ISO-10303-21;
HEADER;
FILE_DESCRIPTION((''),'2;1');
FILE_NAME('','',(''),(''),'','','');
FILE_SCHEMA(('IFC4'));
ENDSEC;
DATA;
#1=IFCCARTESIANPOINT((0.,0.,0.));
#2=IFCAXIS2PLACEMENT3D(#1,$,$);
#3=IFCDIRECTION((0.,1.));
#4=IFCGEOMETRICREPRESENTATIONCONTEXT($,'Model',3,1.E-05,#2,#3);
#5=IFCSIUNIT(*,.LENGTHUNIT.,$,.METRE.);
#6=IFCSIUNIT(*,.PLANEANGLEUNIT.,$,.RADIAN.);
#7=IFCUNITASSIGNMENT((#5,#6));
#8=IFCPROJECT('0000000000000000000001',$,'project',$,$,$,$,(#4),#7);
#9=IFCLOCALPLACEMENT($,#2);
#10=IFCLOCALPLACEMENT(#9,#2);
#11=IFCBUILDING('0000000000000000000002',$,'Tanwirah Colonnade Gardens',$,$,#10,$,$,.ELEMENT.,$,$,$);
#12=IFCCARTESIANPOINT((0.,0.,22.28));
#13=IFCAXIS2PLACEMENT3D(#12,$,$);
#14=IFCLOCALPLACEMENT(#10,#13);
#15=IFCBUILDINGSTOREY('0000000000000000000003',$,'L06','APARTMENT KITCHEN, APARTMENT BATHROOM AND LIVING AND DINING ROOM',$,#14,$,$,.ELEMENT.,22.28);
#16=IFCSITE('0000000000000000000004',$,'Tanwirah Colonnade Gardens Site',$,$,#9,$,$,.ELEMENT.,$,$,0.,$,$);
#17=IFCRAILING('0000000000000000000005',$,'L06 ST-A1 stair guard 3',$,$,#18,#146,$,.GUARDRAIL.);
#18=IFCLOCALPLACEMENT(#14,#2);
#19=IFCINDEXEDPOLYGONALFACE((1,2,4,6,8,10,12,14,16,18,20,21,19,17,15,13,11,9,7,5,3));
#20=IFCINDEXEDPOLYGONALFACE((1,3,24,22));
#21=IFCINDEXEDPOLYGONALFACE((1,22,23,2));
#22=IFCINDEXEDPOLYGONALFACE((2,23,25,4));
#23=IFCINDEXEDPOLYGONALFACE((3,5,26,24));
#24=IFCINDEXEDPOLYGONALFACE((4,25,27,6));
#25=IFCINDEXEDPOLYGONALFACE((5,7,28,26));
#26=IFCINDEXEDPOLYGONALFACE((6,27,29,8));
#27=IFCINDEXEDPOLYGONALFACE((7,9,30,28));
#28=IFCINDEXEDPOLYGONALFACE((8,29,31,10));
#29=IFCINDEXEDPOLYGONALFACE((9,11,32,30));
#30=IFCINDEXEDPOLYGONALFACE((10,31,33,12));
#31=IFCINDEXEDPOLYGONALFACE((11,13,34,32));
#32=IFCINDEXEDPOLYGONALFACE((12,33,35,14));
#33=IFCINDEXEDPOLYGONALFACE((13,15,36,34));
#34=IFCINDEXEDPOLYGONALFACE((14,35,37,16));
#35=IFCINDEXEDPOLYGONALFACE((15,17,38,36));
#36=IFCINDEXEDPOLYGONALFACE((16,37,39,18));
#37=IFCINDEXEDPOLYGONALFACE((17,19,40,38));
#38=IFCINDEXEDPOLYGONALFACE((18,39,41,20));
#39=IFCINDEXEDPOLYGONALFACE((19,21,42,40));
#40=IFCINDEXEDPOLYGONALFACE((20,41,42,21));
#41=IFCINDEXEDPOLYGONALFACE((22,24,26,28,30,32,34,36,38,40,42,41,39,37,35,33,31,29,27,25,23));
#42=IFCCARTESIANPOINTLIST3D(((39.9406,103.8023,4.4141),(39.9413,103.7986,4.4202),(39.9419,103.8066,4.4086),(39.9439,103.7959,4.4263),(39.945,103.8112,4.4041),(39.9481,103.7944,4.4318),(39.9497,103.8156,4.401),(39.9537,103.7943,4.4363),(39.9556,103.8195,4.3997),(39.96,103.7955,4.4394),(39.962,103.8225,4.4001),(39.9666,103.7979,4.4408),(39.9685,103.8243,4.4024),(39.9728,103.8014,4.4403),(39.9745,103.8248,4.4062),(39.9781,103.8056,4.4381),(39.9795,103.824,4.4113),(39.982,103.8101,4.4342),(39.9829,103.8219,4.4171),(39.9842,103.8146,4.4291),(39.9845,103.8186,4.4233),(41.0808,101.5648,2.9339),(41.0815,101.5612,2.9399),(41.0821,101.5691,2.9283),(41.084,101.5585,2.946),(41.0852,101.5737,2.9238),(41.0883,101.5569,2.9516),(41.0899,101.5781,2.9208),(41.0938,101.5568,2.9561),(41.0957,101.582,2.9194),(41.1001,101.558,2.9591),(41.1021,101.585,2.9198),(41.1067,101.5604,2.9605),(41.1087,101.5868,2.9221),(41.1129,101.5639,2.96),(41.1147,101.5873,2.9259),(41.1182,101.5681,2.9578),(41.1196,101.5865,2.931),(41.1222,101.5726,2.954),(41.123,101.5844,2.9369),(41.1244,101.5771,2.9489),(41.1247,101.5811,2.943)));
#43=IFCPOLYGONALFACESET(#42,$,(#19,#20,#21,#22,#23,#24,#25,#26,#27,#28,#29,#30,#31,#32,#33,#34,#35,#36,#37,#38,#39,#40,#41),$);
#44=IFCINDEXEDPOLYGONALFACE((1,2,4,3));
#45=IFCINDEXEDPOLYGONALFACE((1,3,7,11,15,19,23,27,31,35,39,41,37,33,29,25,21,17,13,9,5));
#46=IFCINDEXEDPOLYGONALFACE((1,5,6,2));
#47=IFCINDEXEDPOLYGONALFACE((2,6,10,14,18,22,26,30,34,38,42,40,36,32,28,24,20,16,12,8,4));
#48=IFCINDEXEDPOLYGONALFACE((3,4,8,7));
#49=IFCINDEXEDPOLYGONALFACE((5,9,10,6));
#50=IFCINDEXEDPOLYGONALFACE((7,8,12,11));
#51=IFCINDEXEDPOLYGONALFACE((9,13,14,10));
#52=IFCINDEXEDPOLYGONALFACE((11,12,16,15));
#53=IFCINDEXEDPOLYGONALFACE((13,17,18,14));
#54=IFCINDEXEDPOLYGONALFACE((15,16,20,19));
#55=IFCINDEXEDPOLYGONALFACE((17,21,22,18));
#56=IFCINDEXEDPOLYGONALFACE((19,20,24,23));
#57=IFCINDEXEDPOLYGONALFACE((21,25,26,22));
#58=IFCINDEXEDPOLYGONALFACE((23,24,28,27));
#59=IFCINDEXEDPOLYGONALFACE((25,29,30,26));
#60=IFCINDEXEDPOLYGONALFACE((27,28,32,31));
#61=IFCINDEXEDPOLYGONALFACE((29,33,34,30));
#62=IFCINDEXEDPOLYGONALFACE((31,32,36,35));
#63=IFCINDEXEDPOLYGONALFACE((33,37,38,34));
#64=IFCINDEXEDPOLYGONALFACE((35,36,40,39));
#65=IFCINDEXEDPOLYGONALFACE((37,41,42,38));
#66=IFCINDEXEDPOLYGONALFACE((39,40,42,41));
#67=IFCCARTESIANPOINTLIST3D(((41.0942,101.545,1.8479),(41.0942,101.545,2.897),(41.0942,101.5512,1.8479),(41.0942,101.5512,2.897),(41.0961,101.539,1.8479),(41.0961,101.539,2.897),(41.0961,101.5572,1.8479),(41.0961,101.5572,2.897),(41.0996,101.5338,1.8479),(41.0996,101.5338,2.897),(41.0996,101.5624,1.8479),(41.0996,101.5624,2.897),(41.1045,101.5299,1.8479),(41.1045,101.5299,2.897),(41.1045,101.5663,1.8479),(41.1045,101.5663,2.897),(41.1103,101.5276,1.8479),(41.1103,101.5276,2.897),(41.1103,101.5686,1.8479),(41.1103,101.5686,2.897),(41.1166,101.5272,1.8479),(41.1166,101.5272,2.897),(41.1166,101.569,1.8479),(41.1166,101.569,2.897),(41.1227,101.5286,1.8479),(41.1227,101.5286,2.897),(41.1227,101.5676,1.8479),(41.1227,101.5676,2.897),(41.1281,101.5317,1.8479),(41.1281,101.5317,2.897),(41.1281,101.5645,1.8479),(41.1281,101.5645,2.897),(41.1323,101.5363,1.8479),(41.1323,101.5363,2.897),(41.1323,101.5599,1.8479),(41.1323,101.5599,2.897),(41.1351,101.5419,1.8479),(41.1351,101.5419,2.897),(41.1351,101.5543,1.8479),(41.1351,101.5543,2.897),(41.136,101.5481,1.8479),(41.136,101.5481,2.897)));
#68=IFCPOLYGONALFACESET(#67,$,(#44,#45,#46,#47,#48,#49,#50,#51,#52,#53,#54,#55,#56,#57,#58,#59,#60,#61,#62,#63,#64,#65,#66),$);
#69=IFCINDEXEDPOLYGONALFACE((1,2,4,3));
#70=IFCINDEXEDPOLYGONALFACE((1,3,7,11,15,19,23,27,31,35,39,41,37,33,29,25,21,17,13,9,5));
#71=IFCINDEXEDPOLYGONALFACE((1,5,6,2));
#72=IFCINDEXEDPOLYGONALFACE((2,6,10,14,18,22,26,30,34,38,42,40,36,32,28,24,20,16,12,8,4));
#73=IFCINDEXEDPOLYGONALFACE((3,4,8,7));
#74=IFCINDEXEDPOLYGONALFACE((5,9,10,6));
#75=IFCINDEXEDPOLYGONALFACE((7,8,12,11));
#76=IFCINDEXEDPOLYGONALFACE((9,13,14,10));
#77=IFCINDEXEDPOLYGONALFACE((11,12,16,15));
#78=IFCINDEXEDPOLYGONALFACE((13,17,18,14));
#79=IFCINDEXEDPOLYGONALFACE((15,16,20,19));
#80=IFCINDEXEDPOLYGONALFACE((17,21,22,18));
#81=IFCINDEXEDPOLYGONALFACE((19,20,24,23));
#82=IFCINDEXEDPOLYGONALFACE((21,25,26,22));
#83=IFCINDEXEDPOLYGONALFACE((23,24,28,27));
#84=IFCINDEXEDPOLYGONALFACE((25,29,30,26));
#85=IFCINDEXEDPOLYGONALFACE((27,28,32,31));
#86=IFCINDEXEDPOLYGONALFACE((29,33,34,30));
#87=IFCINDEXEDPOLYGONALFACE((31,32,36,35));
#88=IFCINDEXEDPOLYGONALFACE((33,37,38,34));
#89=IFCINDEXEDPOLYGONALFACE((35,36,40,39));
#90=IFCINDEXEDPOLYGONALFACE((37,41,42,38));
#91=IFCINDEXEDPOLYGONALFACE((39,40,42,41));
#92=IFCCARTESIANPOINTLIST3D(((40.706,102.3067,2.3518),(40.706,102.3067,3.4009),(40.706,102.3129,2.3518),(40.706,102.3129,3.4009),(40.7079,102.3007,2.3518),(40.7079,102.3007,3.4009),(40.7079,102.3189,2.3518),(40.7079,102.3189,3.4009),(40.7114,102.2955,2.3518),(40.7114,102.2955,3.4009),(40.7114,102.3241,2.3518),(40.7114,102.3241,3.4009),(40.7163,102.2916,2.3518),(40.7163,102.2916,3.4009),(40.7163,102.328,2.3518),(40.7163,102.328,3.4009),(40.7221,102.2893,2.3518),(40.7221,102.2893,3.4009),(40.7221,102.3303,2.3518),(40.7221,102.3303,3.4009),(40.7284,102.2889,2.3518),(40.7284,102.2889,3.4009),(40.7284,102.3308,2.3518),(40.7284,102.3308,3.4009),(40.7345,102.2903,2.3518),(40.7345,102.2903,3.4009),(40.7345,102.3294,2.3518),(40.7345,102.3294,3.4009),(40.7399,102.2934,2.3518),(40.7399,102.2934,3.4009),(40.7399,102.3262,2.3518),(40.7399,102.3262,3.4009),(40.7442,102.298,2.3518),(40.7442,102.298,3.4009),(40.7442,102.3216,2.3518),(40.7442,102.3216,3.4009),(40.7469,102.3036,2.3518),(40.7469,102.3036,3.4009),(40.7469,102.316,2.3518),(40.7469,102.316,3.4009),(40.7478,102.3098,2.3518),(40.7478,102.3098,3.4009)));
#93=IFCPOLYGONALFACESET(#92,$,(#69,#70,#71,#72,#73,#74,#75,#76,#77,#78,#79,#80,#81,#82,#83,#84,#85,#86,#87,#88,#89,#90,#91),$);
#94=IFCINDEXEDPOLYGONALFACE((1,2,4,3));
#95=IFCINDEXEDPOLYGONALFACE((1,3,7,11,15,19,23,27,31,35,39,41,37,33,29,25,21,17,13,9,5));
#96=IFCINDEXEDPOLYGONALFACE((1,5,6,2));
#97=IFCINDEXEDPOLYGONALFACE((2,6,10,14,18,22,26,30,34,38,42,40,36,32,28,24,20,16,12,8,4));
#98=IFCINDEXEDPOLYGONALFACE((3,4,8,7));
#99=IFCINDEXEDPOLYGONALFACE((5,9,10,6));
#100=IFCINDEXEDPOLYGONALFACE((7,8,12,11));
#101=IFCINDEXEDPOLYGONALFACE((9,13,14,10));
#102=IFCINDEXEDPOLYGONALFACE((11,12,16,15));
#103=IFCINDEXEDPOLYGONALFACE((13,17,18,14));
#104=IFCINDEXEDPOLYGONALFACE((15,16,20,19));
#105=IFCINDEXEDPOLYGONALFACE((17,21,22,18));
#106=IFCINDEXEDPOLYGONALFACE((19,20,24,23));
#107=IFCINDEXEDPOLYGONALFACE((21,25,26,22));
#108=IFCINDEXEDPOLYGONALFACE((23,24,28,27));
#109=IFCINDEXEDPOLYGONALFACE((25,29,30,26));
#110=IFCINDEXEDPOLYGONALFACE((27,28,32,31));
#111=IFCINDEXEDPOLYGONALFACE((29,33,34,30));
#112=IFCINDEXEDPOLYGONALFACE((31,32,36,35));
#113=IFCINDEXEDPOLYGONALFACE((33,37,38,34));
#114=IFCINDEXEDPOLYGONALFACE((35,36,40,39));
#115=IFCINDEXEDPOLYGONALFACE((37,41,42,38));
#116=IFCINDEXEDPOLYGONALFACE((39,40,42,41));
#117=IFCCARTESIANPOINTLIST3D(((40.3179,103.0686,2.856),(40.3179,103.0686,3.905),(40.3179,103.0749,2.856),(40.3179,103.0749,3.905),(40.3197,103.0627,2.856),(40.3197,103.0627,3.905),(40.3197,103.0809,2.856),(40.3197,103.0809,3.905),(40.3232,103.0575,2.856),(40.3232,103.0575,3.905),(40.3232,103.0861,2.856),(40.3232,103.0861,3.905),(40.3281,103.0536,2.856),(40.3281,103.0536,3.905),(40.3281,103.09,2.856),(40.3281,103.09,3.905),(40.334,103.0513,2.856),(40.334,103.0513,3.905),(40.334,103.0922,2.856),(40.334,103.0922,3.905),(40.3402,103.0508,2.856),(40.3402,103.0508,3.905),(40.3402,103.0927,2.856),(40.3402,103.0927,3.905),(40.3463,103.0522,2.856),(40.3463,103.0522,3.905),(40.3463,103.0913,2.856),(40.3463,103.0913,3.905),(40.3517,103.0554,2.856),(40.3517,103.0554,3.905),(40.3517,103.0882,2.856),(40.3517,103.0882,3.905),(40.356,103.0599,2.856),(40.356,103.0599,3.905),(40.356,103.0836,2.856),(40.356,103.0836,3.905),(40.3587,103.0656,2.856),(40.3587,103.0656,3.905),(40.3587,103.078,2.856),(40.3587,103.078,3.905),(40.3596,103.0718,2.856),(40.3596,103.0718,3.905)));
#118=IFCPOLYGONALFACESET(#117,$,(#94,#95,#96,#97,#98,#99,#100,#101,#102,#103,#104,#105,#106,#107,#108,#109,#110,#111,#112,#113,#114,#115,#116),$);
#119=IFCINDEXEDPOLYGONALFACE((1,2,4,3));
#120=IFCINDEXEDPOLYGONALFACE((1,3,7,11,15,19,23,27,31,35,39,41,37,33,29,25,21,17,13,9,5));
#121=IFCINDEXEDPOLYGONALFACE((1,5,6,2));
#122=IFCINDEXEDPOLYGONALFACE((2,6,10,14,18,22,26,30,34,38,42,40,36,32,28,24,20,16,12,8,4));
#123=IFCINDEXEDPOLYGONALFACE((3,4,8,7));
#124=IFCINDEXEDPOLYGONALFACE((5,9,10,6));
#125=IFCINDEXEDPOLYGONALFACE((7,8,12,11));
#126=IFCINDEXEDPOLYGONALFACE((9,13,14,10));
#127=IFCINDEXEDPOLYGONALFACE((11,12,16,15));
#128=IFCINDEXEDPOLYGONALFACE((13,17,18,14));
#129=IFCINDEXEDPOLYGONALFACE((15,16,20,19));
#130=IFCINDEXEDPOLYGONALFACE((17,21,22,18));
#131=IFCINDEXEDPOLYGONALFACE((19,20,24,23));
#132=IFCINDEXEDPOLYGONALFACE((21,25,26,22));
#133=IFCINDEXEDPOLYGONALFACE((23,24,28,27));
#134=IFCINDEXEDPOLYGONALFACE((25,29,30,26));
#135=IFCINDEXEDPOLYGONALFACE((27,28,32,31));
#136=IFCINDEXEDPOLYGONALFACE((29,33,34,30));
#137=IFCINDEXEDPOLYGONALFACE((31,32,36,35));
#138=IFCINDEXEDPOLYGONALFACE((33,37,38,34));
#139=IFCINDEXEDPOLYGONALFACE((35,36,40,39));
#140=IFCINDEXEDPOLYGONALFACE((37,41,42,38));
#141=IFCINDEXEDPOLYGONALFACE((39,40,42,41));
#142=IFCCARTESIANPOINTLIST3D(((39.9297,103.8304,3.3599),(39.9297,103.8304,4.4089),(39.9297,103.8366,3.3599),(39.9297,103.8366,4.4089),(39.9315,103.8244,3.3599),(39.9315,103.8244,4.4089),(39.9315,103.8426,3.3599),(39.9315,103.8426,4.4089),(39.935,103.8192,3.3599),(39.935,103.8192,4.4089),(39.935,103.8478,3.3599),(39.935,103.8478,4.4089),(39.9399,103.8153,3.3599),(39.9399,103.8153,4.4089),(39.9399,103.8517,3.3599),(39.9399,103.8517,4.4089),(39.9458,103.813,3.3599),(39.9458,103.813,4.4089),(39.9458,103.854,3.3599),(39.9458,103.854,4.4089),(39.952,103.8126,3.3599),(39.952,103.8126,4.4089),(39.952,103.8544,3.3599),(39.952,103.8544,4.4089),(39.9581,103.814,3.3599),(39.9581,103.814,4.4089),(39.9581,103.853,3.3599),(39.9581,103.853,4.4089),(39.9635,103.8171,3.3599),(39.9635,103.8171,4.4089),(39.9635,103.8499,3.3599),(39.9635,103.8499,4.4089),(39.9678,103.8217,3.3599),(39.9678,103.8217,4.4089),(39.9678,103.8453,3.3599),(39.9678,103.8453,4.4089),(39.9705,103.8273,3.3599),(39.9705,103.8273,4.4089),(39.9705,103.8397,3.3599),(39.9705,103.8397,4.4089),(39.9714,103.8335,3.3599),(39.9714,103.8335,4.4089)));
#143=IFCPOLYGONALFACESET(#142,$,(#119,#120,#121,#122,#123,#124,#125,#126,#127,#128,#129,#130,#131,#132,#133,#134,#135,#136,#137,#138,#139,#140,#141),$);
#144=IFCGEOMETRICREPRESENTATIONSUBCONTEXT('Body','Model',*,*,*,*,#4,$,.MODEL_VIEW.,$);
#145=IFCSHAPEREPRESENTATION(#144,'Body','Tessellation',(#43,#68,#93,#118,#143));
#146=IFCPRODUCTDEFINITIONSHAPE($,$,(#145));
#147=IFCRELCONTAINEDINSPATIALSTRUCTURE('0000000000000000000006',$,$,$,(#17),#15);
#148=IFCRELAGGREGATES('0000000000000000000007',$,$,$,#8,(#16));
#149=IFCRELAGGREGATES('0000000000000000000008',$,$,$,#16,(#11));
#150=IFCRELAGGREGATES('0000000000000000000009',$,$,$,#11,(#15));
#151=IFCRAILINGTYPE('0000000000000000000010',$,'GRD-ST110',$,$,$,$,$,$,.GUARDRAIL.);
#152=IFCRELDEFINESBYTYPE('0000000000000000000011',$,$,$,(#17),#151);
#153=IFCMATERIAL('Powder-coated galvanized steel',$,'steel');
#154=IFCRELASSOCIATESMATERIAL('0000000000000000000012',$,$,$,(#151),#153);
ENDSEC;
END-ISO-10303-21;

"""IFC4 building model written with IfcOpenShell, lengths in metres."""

from ifc_helpers import new_model, si_unit, direction, frame, origin, origin_2d, place, context, subcontext, project, spatial, circle, extrude, material, type_object, element, save


model = new_model("IFC4")

# Units and contexts
model_context = context("Model", 3, precision=1e-05, world=origin(), true_north=direction((0.0, 1.0)))
body_context = subcontext(model_context, "Body", "Model", "MODEL_VIEW")
ifc_project = project(units=[si_unit("LENGTHUNIT", "METRE"), si_unit("PLANEANGLEUNIT", "RADIAN")], contexts=[model_context])

# Site, building, storey
site_placement = place(None, origin())
site = spatial("IfcSite", under=ifc_project, at=site_placement, Name="Tanwirah Colonnade Gardens Site", CompositionType="ELEMENT", RefElevation=0.0)
building_placement = place(site_placement, origin())
building = spatial("IfcBuilding", under=site, at=building_placement, Name="Tanwirah Colonnade Gardens", CompositionType="ELEMENT")
storey_placement = place(building_placement, frame((0.0, 0.0, 22.28)))
storey = spatial("IfcBuildingStorey", under=building, at=storey_placement, Name="L06", Description="APARTMENT KITCHEN, APARTMENT BATHROOM AND LIVING AND DINING ROOM", CompositionType="ELEMENT", Elevation=22.28)

# Railing
ifc_material_1 = material(Name="Powder-coated galvanized steel", Category="steel")
railing_type_1 = type_object("IfcRailingType", Name="GRD-ST110", PredefinedType="GUARDRAIL", material=ifc_material_1)
railing_1_placement = place(storey_placement, frame((41.115, 101.5481, 1.8479)))
element("IfcRailing", 1, at=railing_1_placement, inside=storey, type_object=railing_type_1, Name="L06 ST-A1 stair guard 3", PredefinedType="GUARDRAIL", context=body_context, shape_type="SweptSolid", body=[
    extrude(circle(Radius=0.0239, at=origin_2d()), frame((-0.0122, 0.0239, 1.092), z_axis=(-0.391122, 0.767567, 0.507803), x_axis=(-0.890994, -0.454016, 0.0)), (0.0, 0.0, 1.0), 2.915),
    extrude(circle(Radius=0.021, at=origin_2d()), origin(), (0.0, 0.0, 1.0), 1.0491),
    extrude(circle(Radius=0.021, at=origin_2d()), frame((-0.3882, 0.7617, 0.5039)), (0.0, 0.0, 1.0), 1.0491),
    extrude(circle(Radius=0.021, at=origin_2d()), frame((-0.7764, 1.5237, 1.0081)), (0.0, 0.0, 1.0), 1.0491),
    extrude(circle(Radius=0.021, at=origin_2d()), frame((-1.1646, 2.2854, 1.512)), (0.0, 0.0, 1.0), 1.0491),
])

save(model, "model.ifc")
